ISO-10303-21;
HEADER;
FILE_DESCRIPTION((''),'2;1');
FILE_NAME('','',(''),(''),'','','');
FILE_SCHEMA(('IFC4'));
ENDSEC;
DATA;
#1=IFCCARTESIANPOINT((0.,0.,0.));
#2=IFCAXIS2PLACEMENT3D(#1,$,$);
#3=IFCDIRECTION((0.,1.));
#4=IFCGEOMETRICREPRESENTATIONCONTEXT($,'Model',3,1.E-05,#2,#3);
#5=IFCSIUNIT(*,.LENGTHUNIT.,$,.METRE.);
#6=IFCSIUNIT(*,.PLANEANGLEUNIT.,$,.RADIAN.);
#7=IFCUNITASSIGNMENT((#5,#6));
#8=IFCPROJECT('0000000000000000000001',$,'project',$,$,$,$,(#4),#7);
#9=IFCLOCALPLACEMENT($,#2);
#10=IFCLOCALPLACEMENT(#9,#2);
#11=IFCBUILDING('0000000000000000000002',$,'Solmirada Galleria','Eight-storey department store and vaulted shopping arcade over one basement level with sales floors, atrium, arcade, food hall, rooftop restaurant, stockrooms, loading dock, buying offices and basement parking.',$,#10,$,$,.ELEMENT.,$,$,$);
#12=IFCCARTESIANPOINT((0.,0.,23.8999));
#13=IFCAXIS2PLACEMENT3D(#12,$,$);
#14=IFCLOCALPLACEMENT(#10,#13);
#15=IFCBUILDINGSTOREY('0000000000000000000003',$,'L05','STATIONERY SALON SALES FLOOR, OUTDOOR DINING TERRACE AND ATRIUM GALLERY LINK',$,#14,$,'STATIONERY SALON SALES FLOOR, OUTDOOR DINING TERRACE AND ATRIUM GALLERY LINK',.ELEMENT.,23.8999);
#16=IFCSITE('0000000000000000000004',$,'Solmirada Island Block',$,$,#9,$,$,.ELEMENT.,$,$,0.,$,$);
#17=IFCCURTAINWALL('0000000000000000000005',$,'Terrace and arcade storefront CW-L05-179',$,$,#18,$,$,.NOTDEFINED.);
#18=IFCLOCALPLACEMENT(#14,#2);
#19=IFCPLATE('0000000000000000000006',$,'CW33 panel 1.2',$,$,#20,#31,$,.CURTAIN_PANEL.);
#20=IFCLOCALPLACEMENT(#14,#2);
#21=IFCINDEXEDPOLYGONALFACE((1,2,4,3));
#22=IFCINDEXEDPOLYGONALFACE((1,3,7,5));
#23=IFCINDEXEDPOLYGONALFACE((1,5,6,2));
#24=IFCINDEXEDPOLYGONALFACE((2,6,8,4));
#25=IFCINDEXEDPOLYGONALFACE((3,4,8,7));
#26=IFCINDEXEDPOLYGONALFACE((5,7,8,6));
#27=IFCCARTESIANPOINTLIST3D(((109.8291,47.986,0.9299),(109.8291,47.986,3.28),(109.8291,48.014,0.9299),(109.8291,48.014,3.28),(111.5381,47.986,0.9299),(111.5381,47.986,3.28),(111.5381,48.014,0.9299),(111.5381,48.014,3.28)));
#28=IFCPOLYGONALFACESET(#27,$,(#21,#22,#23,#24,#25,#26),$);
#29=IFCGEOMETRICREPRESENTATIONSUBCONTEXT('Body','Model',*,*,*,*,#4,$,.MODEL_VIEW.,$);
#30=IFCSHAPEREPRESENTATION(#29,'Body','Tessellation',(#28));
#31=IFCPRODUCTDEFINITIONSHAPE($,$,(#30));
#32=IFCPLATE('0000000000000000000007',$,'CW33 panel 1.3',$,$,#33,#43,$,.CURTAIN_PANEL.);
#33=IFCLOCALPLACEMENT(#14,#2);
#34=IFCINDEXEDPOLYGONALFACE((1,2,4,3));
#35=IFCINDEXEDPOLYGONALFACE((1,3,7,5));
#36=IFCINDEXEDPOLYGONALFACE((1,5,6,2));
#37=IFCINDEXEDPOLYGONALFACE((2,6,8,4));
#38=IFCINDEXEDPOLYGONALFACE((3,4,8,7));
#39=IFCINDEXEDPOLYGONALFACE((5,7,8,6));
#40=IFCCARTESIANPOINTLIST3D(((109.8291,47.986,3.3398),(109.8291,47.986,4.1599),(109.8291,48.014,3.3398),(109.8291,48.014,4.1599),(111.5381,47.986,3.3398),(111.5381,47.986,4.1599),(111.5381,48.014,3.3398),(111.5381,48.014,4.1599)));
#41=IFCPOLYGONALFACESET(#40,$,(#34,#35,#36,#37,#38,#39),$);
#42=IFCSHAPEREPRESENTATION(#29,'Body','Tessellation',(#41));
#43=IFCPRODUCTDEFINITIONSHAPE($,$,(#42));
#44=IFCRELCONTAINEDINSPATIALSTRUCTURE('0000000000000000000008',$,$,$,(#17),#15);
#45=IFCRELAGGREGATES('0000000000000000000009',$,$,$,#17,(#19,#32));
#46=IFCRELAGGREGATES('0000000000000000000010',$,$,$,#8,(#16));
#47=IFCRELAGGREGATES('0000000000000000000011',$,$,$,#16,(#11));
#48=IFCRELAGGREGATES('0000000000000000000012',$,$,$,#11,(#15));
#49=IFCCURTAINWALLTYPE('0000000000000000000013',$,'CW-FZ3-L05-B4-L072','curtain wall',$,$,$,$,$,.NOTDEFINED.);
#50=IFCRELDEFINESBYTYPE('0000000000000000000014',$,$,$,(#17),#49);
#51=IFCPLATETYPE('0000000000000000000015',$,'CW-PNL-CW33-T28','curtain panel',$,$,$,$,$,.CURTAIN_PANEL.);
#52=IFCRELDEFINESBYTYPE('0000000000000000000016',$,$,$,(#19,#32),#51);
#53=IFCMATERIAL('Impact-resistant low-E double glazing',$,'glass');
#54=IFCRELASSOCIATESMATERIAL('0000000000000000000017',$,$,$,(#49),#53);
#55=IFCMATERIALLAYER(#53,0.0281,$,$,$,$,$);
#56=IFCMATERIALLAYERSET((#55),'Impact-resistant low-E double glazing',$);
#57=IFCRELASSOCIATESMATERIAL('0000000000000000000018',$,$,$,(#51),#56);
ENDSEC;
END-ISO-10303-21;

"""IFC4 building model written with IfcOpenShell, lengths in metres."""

from ifc_helpers import new_model, si_unit, direction, frame, origin, origin_2d, place, context, subcontext, project, spatial, rectangle, extrude, material, layer, layer_set, type_object, element, aggregate, save


model = new_model("IFC4")

# Units and contexts
model_context = context("Model", 3, precision=1e-05, world=origin(), true_north=direction((0.0, 1.0)))
body_context = subcontext(model_context, "Body", "Model", "MODEL_VIEW")
ifc_project = project(units=[si_unit("LENGTHUNIT", "METRE"), si_unit("PLANEANGLEUNIT", "RADIAN")], contexts=[model_context])

# Site, building, storey
site_placement = place(None, origin())
site = spatial("IfcSite", under=ifc_project, at=site_placement, Name="Solmirada Island Block", CompositionType="ELEMENT", RefElevation=0.0)
building_placement = place(site_placement, origin())
building = spatial("IfcBuilding", under=site, at=building_placement, Name="Solmirada Galleria", Description="Eight-storey department store and vaulted shopping arcade over one basement level with sales floors, atrium, arcade, food hall, rooftop restaurant, stockrooms, loading dock, buying offices and basement parking.", CompositionType="ELEMENT")
storey_placement = place(building_placement, frame((0.0, 0.0, 23.8999)))
storey = spatial("IfcBuildingStorey", under=building, at=storey_placement, Name="L05", Description="STATIONERY SALON SALES FLOOR, OUTDOOR DINING TERRACE AND ATRIUM GALLERY LINK", LongName="STATIONERY SALON SALES FLOOR, OUTDOOR DINING TERRACE AND ATRIUM GALLERY LINK", CompositionType="ELEMENT", Elevation=23.8999)

# Shared definitions
ifc_material_1 = material(Name="Impact-resistant low-E double glazing", Category="glass")
curtain_wall_type = type_object("IfcCurtainWallType", Name="CW-FZ3-L05-B4-L072", Description="curtain wall", PredefinedType="NOTDEFINED", material=ifc_material_1)

# Curtain wall
curtain_wall_1_placement = place(storey_placement, origin())
curtain_wall_1 = element("IfcCurtainWall", 1, at=curtain_wall_1_placement, inside=storey, type_object=curtain_wall_type, Name="Terrace and arcade storefront CW-L05-179", PredefinedType="NOTDEFINED")

# Plates
ifc_layer = layer(ifc_material_1, 0.0281)
ifc_layer_set = layer_set([ifc_layer], Name="Impact-resistant low-E double glazing")
plate_type = type_object("IfcPlateType", Name="CW-PNL-CW33-T28", Description="curtain panel", PredefinedType="CURTAIN_PANEL", material=ifc_layer_set)
plate_1_placement = place(storey_placement, frame((110.6836, 48.0, 0.9299), z_axis=(0.0, 0.0, 1.0), x_axis=(-1.0, 0.0, 0.0)))
plate_1 = element("IfcPlate", 2, at=plate_1_placement, type_object=plate_type, Name="CW33 panel 1.2", PredefinedType="CURTAIN_PANEL", context=body_context, shape_type="SweptSolid", body=[
    extrude(rectangle(XDim=1.709, YDim=0.0281, at=origin_2d()), origin(), (0.0, 0.0, 1.0), 2.3501),
])
plate_2_placement = place(storey_placement, frame((110.6836, 48.0, 3.3398), z_axis=(0.0, 0.0, 1.0), x_axis=(-1.0, 0.0, 0.0)))
plate_2 = element("IfcPlate", 3, at=plate_2_placement, type_object=plate_type, Name="CW33 panel 1.3", PredefinedType="CURTAIN_PANEL", context=body_context, shape_type="SweptSolid", body=[
    extrude(rectangle(XDim=1.709, YDim=0.0281, at=origin_2d()), origin(), (0.0, 0.0, 1.0), 0.8201),
])
aggregate(curtain_wall_1, [plate_1, plate_2])

save(model, "model.ifc")
